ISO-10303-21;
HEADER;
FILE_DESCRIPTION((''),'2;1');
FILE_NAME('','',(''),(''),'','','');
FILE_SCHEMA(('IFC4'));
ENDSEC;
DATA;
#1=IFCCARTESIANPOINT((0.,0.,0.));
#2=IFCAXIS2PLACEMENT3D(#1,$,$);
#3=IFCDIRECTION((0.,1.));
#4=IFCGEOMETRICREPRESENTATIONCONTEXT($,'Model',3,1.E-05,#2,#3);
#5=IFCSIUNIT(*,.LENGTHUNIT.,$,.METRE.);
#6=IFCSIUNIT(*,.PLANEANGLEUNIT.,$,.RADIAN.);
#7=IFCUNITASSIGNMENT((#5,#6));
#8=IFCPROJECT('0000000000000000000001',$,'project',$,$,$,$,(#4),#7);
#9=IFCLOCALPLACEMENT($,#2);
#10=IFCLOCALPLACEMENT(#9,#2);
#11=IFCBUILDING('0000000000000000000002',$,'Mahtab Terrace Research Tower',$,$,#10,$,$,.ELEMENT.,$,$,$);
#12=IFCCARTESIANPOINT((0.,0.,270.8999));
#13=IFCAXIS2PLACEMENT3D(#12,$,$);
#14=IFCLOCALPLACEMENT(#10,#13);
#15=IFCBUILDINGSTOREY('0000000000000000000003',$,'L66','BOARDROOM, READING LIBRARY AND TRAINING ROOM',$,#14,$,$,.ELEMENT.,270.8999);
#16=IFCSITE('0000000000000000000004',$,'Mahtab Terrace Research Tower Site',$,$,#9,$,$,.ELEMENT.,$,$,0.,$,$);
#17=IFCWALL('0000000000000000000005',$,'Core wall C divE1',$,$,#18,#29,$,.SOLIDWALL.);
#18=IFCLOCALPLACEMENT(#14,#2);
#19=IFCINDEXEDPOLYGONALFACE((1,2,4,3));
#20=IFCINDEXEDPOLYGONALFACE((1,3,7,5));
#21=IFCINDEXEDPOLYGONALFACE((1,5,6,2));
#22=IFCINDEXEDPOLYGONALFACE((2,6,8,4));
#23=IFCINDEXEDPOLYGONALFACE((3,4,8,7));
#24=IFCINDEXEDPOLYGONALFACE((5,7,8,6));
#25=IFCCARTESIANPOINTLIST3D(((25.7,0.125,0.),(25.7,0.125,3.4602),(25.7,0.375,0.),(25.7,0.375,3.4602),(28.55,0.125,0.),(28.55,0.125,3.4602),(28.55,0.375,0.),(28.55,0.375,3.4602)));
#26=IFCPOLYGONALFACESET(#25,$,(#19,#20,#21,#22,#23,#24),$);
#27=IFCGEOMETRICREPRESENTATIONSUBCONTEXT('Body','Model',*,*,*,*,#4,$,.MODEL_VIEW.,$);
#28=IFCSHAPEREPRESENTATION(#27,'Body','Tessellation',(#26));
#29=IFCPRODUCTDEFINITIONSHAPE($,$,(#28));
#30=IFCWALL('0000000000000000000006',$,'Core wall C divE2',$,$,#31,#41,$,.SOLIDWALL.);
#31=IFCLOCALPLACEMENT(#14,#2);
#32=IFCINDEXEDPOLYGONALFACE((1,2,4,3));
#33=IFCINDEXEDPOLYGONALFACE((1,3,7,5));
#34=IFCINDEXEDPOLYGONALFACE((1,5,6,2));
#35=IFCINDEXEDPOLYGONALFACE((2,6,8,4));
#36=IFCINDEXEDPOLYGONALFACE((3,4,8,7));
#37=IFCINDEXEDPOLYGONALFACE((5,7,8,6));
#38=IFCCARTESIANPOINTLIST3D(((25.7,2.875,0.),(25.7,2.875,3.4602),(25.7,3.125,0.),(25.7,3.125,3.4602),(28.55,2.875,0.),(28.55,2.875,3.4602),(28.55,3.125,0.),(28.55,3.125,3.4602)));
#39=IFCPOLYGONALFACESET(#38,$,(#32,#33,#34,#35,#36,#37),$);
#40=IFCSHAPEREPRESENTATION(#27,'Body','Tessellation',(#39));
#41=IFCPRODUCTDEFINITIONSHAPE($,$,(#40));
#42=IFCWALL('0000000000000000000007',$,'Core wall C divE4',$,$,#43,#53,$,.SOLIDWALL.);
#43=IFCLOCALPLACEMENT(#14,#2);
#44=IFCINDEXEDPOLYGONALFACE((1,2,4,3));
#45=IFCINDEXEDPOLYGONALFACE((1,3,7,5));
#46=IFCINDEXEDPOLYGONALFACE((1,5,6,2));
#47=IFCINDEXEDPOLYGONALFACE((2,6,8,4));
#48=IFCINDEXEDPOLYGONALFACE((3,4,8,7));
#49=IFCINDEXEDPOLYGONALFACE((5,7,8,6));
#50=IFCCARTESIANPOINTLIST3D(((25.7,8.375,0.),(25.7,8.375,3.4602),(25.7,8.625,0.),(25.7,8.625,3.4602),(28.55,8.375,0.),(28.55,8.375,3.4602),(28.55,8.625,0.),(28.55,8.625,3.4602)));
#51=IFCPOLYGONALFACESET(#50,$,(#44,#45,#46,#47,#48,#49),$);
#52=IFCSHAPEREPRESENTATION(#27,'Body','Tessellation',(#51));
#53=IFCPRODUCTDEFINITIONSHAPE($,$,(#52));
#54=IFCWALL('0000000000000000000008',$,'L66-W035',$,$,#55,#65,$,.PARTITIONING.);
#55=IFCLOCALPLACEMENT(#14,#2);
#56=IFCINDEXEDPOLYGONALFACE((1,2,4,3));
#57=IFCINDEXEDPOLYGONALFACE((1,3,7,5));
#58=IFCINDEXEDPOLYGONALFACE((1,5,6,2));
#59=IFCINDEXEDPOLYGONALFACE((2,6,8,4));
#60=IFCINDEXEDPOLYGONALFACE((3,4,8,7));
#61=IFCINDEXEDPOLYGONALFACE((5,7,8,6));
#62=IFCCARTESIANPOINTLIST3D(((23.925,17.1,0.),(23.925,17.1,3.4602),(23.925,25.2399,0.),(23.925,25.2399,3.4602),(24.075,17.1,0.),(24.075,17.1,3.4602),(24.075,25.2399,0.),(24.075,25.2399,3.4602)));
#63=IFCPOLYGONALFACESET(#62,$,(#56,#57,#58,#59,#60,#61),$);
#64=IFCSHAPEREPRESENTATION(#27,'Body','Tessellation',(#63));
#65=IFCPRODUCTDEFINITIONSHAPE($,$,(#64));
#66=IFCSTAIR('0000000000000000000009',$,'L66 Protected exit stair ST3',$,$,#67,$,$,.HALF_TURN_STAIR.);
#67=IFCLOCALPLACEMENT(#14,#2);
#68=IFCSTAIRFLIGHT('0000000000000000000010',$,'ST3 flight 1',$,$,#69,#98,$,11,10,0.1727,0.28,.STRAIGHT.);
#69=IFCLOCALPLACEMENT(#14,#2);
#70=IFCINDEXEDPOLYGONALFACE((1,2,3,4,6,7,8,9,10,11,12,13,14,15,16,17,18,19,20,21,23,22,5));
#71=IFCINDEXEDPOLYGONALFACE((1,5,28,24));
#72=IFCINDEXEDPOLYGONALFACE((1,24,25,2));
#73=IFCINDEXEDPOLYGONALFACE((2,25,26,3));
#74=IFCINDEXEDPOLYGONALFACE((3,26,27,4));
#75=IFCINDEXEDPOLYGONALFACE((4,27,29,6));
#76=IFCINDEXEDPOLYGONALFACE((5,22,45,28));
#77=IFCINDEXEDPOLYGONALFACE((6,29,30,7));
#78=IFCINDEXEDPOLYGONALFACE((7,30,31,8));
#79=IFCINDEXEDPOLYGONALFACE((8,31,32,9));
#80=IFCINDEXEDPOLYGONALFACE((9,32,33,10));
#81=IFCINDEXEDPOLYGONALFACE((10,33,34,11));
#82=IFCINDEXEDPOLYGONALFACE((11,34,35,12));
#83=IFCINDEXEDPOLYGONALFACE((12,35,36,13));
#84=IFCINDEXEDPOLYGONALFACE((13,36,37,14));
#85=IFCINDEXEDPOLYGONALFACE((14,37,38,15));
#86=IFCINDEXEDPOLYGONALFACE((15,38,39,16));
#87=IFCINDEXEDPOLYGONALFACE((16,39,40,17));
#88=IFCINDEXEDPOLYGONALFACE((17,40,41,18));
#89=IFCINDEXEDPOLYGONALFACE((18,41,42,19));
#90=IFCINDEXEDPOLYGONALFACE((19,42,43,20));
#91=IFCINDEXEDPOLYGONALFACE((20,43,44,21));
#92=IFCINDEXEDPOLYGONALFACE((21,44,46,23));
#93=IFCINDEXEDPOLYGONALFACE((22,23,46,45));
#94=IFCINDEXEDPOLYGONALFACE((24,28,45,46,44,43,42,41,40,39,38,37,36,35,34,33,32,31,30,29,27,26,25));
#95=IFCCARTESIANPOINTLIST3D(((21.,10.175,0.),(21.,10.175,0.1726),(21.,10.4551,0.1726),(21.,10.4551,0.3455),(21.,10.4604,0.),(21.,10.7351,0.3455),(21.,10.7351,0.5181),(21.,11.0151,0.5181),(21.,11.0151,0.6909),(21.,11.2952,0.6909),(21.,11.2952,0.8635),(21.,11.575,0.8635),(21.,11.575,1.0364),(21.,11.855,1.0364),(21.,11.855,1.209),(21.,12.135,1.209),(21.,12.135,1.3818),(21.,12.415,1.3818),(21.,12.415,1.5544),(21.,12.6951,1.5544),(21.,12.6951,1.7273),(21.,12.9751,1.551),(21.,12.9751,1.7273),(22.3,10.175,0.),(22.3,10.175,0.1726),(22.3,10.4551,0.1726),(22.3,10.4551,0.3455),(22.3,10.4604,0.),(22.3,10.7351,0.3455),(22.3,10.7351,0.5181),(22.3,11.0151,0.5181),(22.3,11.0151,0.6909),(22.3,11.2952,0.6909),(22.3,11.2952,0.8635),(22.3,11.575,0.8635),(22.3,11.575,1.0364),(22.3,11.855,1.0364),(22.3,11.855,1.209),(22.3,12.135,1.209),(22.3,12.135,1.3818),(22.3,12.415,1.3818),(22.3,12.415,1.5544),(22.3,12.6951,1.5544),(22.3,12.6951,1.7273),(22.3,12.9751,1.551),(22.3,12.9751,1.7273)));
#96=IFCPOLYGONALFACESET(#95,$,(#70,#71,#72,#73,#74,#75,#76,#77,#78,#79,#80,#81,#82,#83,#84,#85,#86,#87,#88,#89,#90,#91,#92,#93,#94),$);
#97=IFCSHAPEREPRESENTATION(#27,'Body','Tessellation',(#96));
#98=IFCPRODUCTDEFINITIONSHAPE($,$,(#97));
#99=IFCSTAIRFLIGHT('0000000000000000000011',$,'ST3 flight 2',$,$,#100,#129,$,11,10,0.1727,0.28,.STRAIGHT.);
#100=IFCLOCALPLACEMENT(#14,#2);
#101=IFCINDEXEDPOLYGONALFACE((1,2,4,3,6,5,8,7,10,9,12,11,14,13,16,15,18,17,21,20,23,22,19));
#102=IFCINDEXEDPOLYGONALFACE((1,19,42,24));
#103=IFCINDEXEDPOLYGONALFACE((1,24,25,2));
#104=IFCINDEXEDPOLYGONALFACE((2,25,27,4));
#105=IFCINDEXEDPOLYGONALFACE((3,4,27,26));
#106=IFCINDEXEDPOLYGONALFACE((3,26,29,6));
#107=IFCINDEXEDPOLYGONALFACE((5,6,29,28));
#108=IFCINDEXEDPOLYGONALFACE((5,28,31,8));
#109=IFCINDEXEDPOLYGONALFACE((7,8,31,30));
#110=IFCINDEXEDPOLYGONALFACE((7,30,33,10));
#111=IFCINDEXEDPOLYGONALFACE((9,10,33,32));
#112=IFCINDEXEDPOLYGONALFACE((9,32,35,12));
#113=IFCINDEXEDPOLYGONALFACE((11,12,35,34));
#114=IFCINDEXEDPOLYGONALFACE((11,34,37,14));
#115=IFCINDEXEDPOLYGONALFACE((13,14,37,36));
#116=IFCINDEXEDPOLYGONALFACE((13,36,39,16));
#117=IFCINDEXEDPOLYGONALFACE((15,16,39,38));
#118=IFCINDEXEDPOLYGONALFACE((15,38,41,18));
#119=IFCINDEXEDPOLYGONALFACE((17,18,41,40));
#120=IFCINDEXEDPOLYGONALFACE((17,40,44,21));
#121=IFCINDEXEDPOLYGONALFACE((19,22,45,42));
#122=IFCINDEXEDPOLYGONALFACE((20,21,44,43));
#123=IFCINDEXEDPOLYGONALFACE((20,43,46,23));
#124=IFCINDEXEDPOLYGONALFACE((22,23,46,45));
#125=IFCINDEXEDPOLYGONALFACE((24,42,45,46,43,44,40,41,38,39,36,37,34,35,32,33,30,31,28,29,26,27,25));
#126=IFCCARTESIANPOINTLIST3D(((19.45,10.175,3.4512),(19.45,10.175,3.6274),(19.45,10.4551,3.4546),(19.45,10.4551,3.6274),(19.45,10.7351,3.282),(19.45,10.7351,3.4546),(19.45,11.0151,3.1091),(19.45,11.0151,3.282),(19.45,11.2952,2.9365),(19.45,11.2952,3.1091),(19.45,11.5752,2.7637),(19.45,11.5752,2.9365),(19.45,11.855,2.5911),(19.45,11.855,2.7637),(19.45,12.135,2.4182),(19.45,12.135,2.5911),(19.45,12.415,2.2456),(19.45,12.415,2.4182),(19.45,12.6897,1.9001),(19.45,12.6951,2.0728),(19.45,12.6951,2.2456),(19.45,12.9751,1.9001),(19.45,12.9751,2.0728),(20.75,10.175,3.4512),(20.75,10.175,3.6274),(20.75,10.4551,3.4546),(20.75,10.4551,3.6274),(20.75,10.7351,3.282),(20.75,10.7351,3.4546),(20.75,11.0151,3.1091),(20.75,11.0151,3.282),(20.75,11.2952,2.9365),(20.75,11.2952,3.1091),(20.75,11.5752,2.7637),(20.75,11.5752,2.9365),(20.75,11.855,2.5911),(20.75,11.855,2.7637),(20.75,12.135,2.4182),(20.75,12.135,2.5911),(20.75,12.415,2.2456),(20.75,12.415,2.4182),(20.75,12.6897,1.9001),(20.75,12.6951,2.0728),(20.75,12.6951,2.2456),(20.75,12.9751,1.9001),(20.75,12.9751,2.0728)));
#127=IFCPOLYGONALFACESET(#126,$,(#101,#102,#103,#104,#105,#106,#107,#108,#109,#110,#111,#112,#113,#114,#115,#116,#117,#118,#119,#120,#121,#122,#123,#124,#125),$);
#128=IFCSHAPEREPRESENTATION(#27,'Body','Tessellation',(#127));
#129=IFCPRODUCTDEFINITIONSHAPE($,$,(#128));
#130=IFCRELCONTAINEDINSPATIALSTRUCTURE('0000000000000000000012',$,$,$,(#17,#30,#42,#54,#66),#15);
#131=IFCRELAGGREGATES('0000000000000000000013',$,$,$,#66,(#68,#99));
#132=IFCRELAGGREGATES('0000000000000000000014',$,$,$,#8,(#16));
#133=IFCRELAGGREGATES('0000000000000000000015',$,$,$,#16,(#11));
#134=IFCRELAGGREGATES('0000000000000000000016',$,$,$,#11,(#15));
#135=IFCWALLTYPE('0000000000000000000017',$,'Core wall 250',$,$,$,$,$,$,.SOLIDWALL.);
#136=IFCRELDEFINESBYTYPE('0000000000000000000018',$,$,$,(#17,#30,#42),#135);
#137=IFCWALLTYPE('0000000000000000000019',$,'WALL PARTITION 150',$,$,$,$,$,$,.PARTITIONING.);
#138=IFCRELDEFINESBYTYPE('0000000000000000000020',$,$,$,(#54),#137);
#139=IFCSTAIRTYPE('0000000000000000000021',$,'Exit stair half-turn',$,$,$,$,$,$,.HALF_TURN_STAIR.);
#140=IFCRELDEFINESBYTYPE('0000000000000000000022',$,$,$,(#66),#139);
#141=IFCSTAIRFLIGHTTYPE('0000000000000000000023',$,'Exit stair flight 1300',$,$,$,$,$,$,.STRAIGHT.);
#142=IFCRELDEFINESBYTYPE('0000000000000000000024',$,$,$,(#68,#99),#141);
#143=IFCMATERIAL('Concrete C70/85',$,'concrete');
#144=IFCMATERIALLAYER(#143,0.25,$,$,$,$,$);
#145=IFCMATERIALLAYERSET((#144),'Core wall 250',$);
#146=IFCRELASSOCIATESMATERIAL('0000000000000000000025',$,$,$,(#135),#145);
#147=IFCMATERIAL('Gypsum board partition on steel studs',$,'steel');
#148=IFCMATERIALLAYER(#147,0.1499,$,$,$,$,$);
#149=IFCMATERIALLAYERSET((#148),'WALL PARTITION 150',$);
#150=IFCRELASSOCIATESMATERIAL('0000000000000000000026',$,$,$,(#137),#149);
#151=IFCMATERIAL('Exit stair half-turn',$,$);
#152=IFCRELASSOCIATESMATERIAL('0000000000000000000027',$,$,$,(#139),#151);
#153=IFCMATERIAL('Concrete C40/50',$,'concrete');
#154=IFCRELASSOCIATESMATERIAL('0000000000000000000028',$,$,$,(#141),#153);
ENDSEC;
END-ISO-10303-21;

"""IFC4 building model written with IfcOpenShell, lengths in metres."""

from ifc_helpers import new_model, si_unit, direction, frame, frame_2d, origin, place, context, subcontext, project, spatial, polyline, rectangle, outline, extrude, material, layer, layer_set, type_object, element, aggregate, save


model = new_model("IFC4")

# Units and contexts
model_context = context("Model", 3, precision=1e-05, world=origin(), true_north=direction((0.0, 1.0)))
body_context = subcontext(model_context, "Body", "Model", "MODEL_VIEW")
ifc_project = project(units=[si_unit("LENGTHUNIT", "METRE"), si_unit("PLANEANGLEUNIT", "RADIAN")], contexts=[model_context])

# Site, building, storey
site_placement = place(None, origin())
site = spatial("IfcSite", under=ifc_project, at=site_placement, Name="Mahtab Terrace Research Tower Site", CompositionType="ELEMENT", RefElevation=0.0)
building_placement = place(site_placement, origin())
building = spatial("IfcBuilding", under=site, at=building_placement, Name="Mahtab Terrace Research Tower", CompositionType="ELEMENT")
storey_placement = place(building_placement, frame((0.0, 0.0, 270.8999)))
storey = spatial("IfcBuildingStorey", under=building, at=storey_placement, Name="L66", Description="BOARDROOM, READING LIBRARY AND TRAINING ROOM", CompositionType="ELEMENT", Elevation=270.8999)

# Shared definitions
ifc_material_1 = material(Name="Concrete C70/85", Category="concrete")
ifc_layer_1 = layer(ifc_material_1, 0.25)
ifc_layer_set_1 = layer_set([ifc_layer_1], Name="Core wall 250")
wall_type_1 = type_object("IfcWallType", Name="Core wall 250", PredefinedType="SOLIDWALL", material=ifc_layer_set_1)

# Walls
for number, where, z_axis, x_axis, name in (
    (1, (25.7, 0.25, 0.0), (0.0, 0.0, 1.0), (1.0, 0.0, 0.0), "Core wall C divE1"),
    (2, (25.7, 3.0, 0.0), (0.0, 0.0, 1.0), (1.0, 0.0, 0.0), "Core wall C divE2"),
    (3, (25.7, 8.5, 0.0), (0.0, 0.0, 1.0), (1.0, 0.0, 0.0), "Core wall C divE4"),
):
    element("IfcWall", number, at=place(storey_placement, frame(where, z_axis=z_axis, x_axis=x_axis)), inside=storey, type_object=wall_type_1, Name=name, PredefinedType="SOLIDWALL", context=body_context, shape_type="SweptSolid", body=[
        extrude(rectangle(XDim=2.8501, YDim=0.25, at=frame_2d((1.425, 0.0))), origin(), (0.0, 0.0, 1.0), 3.4602),
    ])
ifc_material_2 = material(Name="Gypsum board partition on steel studs", Category="steel")
ifc_layer_2 = layer(ifc_material_2, 0.1499)
ifc_layer_set_2 = layer_set([ifc_layer_2], Name="WALL PARTITION 150")
wall_type_2 = type_object("IfcWallType", Name="WALL PARTITION 150", PredefinedType="PARTITIONING", material=ifc_layer_set_2)
wall_1_placement = place(storey_placement, frame((24.0, 17.1001, 0.0), z_axis=(0.0, 0.0, 1.0), x_axis=(0.0, 1.0, 0.0)))
element("IfcWall", 4, at=wall_1_placement, inside=storey, type_object=wall_type_2, Name="L66-W035", PredefinedType="PARTITIONING", context=body_context, shape_type="SweptSolid", body=[
    extrude(rectangle(XDim=8.1399, YDim=0.1499, at=frame_2d((4.0698, 0.0))), origin(), (0.0, 0.0, 1.0), 3.4602),
])

# Stair, stair flights
ifc_material_3 = material(Name="Exit stair half-turn")
stair_type = type_object("IfcStairType", Name="Exit stair half-turn", PredefinedType="HALF_TURN_STAIR", material=ifc_material_3)
stair_placement = place(storey_placement, origin())
stair = element("IfcStair", 5, at=stair_placement, inside=storey, type_object=stair_type, Name="L66 Protected exit stair ST3", PredefinedType="HALF_TURN_STAIR")
ifc_material_4 = material(Name="Concrete C40/50", Category="concrete")
stair_flight_type = type_object("IfcStairFlightType", Name="Exit stair flight 1300", PredefinedType="STRAIGHT", material=ifc_material_4)
stair_flight_1_placement = place(storey_placement, frame((21.6499, 10.175, 0.0), z_axis=(0.0, 0.0, 1.0), x_axis=(0.0, 1.0, 0.0)))
stair_flight_1 = element("IfcStairFlight", 6, at=stair_flight_1_placement, type_object=stair_flight_type, Name="ST3 flight 1", NumberOfRisers=11, NumberOfTreads=10, PredefinedType="STRAIGHT", RiserHeight=0.1727, TreadLength=0.28, context=body_context, shape_type="SweptSolid", body=[
    extrude(outline(polyline([(0.0, 0.0), (0.0, 0.1726), (0.28, 0.1726), (0.28, 0.3455), (0.5601, 0.3455), (0.5601, 0.5181), (0.8401, 0.5181), (0.8401, 0.6909), (1.1201, 0.6909), (1.1201, 0.8635), (1.3999, 0.8635), (1.3999, 1.0364), (1.6799, 1.0364), (1.6799, 1.209), (1.96, 1.209), (1.96, 1.3818), (2.24, 1.3818), (2.24, 1.5544), (2.52, 1.5544), (2.52, 1.7273), (2.8, 1.7273), (2.8, 1.8999), (2.8, 1.551), (0.2854, 0.0), (0.0, 0.0)])), frame((0.0, 0.6499, 0.0), z_axis=(0.0, -1.0, 0.0), x_axis=(1.0, 0.0, 0.0)), (0.0, 0.0, 1.0), 1.3),
])
stair_flight_2_placement = place(storey_placement, frame((20.1001, 12.9751, 1.9001), z_axis=(0.0, 0.0, 1.0), x_axis=(0.0, -1.0, 0.0)))
stair_flight_2 = element("IfcStairFlight", 7, at=stair_flight_2_placement, type_object=stair_flight_type, Name="ST3 flight 2", NumberOfRisers=11, NumberOfTreads=10, PredefinedType="STRAIGHT", RiserHeight=0.1727, TreadLength=0.28, context=body_context, shape_type="SweptSolid", body=[
    extrude(outline(polyline([(0.0, 0.0), (0.0, 0.1726), (0.28, 0.1726), (0.28, 0.3455), (0.5601, 0.3455), (0.5601, 0.5181), (0.8401, 0.5181), (0.8401, 0.6909), (1.1201, 0.6909), (1.1201, 0.8635), (1.3999, 0.8635), (1.3999, 1.0364), (1.6799, 1.0364), (1.6799, 1.209), (1.96, 1.209), (1.96, 1.3818), (2.24, 1.3818), (2.24, 1.5544), (2.52, 1.5544), (2.52, 1.7273), (2.8, 1.7273), (2.8, 1.8999), (2.8, 1.551), (0.2854, 0.0), (0.0, 0.0)])), frame((0.0, 0.6499, 0.0), z_axis=(0.0, -1.0, 0.0), x_axis=(1.0, 0.0, 0.0)), (0.0, 0.0, 1.0), 1.3),
])
aggregate(stair, [stair_flight_1, stair_flight_2])

save(model, "model.ifc")
